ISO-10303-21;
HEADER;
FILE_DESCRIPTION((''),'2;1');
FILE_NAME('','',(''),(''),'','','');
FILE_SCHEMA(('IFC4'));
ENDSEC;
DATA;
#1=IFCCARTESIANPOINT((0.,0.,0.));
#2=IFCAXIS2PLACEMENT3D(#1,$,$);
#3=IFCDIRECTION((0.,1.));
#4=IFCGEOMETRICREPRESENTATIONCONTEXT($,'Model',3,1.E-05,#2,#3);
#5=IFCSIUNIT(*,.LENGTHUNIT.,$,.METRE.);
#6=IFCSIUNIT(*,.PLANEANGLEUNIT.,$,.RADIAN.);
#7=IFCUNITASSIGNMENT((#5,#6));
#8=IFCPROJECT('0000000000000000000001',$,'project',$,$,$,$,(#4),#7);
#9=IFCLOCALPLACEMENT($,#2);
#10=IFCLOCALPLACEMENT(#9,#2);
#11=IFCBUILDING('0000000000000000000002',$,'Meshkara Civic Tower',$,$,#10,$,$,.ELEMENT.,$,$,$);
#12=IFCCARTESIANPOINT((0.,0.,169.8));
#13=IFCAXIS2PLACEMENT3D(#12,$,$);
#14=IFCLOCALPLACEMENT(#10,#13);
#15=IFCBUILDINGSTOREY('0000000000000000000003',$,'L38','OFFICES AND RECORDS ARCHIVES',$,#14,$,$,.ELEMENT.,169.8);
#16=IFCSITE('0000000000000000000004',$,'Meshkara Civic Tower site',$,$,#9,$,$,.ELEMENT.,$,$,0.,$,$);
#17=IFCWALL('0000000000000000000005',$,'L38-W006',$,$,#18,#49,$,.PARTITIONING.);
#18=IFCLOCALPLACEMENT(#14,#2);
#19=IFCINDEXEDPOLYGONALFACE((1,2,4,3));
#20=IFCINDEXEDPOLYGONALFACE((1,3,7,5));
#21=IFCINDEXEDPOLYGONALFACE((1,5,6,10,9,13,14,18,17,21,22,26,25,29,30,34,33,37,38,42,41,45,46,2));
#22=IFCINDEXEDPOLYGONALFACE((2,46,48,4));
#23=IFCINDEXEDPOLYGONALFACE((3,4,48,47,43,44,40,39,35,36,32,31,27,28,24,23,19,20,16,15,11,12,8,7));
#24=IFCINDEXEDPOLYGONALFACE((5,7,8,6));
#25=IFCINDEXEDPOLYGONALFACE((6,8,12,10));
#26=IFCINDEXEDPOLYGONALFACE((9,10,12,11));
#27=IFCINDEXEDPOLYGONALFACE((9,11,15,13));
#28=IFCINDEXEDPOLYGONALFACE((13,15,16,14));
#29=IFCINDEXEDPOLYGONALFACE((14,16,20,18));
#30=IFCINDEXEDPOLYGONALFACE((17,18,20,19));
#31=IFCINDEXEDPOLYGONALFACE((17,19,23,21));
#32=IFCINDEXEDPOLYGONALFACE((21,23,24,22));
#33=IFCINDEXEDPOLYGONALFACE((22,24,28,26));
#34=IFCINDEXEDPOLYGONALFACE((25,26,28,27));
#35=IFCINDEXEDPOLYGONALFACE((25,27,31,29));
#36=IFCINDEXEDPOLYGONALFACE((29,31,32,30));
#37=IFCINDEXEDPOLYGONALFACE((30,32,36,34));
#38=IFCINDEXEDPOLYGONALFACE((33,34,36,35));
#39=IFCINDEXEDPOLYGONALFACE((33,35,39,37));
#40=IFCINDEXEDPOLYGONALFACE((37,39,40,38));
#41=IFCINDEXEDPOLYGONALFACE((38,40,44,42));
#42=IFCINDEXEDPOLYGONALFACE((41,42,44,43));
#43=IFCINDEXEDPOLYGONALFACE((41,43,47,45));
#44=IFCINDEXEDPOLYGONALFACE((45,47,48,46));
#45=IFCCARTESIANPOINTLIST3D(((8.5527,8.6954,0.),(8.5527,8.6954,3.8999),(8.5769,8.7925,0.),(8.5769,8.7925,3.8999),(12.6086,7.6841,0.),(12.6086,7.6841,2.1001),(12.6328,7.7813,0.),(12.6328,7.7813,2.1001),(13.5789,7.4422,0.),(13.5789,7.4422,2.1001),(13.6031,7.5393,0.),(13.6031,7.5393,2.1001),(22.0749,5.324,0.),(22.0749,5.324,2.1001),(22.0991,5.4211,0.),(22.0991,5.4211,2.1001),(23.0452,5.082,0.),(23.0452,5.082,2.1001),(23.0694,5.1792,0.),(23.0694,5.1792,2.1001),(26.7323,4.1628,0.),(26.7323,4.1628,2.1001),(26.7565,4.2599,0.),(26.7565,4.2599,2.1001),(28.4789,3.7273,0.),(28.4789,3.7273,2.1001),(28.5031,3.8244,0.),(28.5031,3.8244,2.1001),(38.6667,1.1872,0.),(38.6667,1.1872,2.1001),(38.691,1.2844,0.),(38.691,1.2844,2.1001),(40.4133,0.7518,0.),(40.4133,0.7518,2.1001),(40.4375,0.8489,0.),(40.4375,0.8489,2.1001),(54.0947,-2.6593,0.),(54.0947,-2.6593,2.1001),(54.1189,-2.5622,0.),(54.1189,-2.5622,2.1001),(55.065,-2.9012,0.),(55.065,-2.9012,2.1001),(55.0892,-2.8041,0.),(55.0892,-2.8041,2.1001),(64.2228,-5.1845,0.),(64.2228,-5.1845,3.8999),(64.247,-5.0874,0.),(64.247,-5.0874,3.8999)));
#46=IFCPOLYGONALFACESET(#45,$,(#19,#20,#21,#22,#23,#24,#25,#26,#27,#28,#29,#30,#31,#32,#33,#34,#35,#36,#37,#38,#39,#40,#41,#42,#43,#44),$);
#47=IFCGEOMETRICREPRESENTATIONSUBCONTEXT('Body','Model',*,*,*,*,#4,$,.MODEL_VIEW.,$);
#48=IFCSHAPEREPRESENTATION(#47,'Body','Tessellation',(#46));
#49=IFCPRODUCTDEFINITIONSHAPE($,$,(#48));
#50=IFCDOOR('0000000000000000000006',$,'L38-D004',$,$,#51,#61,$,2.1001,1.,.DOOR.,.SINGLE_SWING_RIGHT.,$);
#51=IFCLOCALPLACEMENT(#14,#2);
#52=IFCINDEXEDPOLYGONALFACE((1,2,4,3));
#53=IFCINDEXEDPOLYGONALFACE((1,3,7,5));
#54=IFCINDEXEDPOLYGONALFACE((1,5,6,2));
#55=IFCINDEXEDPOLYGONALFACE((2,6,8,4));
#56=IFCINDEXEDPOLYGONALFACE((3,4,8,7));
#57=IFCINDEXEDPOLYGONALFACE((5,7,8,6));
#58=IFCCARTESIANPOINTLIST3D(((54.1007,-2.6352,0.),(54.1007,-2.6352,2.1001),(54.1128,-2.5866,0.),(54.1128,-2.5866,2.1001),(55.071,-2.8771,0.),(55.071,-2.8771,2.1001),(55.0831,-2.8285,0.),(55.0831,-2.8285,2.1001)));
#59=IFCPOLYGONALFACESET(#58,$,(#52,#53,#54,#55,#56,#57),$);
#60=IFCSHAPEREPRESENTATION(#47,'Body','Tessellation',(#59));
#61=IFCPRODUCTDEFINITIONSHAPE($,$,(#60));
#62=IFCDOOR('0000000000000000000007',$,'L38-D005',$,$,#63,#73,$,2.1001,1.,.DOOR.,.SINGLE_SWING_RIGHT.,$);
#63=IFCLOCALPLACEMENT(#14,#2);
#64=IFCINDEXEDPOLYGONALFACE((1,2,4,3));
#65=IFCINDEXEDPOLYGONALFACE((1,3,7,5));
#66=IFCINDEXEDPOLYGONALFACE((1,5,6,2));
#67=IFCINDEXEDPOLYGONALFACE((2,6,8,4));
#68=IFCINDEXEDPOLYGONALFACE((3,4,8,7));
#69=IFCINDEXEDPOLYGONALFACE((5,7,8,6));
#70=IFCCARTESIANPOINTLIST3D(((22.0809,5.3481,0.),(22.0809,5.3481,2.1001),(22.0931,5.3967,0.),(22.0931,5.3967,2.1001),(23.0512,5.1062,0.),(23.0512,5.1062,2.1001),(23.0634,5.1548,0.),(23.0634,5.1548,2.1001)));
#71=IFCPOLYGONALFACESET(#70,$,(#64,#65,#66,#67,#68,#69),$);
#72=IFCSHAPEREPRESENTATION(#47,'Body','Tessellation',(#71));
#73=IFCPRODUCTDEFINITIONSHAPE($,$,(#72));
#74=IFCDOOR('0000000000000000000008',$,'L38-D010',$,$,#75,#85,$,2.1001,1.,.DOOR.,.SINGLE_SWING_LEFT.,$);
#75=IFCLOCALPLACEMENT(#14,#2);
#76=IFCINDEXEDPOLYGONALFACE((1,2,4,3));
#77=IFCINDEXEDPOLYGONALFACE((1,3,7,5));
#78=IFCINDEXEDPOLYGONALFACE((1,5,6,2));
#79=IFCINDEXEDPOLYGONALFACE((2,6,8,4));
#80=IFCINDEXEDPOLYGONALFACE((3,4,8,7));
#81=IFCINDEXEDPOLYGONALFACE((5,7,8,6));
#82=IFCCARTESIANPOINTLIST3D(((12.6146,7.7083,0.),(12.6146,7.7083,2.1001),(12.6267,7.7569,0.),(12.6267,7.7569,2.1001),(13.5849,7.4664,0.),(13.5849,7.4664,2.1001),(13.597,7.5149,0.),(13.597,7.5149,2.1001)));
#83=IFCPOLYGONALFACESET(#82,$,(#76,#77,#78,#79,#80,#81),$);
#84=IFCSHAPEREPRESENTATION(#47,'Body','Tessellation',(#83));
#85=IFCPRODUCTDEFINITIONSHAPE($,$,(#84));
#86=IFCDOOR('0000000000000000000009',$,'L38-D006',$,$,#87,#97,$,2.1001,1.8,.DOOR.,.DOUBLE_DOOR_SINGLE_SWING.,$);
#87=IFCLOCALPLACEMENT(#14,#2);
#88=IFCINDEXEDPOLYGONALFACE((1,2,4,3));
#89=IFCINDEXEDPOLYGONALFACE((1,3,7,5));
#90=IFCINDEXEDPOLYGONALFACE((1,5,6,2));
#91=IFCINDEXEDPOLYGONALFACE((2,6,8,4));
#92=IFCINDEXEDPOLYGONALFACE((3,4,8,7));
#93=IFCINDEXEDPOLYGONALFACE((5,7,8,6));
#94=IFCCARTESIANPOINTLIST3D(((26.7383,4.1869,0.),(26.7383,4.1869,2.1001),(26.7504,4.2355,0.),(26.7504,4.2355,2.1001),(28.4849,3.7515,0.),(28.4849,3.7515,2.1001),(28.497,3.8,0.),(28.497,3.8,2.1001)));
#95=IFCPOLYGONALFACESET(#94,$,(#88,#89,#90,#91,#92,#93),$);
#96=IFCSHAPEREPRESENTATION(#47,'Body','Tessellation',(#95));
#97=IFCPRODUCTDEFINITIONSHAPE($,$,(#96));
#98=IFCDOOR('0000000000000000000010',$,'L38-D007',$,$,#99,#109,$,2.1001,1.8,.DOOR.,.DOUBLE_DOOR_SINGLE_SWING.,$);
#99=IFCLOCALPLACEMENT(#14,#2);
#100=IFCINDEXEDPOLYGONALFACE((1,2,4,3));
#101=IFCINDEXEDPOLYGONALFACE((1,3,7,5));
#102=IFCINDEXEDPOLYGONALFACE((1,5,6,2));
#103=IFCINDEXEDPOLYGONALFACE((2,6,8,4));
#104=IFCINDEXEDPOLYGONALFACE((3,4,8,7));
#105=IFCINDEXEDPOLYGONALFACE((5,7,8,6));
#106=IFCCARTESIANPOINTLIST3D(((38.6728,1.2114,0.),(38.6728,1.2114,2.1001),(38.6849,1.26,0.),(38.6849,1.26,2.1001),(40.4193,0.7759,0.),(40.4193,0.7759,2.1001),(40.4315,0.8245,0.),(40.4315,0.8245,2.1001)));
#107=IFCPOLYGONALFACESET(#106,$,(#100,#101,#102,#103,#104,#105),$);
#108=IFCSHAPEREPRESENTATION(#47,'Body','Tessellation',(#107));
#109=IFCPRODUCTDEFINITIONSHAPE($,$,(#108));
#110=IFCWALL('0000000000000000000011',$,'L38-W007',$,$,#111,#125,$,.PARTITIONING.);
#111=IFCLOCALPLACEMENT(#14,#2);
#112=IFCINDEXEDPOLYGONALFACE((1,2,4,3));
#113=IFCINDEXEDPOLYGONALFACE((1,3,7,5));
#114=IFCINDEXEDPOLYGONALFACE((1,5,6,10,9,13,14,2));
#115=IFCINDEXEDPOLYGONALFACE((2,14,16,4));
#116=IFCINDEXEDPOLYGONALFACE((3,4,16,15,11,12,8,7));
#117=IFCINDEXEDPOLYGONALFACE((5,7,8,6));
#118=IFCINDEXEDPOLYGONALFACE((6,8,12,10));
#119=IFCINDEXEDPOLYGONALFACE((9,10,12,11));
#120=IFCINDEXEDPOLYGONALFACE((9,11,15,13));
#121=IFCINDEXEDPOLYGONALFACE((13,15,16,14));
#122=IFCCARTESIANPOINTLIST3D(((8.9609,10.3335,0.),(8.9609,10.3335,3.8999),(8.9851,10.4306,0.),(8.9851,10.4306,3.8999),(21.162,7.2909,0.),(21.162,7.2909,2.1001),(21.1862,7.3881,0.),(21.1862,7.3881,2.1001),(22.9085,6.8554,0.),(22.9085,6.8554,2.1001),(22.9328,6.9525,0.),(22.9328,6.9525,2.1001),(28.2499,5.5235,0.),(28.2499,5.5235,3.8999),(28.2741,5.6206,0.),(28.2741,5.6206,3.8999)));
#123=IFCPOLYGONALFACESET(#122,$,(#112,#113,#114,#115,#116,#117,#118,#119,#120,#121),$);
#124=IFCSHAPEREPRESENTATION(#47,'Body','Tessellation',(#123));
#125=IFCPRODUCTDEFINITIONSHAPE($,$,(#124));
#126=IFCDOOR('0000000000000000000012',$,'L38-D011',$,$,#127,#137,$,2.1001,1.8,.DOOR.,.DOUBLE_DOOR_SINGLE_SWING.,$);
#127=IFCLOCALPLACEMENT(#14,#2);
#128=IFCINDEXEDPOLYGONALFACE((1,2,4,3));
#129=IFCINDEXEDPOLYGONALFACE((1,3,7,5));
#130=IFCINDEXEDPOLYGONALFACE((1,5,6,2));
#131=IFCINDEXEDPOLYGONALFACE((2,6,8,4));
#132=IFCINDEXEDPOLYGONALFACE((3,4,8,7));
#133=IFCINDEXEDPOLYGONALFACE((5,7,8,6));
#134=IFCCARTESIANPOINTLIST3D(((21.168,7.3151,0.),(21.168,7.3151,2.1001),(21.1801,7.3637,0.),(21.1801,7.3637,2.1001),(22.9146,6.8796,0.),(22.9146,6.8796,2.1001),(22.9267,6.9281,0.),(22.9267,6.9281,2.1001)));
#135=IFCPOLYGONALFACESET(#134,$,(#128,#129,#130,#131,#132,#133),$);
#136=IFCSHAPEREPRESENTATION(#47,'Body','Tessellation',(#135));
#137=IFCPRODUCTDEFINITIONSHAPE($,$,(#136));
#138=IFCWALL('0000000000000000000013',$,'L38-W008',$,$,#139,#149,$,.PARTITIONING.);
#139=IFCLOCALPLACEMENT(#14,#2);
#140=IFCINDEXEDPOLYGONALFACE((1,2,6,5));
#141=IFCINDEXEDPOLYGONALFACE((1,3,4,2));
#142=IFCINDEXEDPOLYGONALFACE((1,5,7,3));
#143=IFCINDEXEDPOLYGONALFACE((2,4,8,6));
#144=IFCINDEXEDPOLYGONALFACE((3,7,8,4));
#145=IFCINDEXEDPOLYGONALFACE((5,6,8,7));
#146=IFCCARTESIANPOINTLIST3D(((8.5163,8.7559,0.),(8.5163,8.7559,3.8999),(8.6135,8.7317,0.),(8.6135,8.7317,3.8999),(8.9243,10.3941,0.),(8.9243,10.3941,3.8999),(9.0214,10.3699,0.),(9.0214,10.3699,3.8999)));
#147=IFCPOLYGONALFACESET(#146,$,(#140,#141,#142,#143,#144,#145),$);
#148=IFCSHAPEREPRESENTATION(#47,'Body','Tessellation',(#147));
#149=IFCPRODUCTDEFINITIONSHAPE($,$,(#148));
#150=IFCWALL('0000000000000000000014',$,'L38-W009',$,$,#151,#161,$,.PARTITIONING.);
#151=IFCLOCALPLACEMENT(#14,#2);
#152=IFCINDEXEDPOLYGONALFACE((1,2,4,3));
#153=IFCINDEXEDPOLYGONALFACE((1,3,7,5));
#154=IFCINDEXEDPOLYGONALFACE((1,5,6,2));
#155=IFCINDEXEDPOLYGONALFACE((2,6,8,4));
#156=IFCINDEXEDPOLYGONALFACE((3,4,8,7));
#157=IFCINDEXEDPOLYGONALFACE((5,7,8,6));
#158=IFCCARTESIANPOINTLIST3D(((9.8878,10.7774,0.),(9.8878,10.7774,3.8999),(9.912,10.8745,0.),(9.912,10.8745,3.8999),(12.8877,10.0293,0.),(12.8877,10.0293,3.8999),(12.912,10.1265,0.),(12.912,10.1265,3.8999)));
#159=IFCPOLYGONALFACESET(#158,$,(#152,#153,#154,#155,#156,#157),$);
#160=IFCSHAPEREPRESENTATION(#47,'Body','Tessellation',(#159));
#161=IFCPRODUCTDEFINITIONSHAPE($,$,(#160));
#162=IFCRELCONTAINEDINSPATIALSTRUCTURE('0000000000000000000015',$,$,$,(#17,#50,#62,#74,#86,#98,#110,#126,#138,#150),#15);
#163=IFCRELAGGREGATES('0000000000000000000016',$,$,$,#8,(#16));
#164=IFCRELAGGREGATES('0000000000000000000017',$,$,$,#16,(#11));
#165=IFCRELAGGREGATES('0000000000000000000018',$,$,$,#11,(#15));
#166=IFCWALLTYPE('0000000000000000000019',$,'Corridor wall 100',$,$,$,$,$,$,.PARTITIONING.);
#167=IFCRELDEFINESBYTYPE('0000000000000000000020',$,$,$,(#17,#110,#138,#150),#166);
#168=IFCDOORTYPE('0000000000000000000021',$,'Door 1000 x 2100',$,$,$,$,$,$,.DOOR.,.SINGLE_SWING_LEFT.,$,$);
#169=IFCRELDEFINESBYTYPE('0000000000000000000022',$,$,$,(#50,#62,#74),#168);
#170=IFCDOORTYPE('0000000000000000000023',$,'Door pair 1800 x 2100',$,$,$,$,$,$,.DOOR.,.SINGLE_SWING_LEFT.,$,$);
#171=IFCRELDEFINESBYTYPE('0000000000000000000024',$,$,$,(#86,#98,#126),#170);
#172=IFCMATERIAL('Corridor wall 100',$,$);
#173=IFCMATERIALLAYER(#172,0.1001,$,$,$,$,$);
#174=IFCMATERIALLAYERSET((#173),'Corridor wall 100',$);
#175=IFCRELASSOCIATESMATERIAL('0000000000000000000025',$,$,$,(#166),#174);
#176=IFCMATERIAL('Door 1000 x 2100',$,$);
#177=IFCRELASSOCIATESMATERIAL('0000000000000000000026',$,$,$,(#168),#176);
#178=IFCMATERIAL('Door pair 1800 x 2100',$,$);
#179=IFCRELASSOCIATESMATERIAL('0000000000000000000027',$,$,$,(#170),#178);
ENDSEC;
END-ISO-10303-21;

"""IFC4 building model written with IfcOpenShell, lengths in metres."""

from ifc_helpers import new_model, si_unit, direction, frame, frame_2d, origin, place, context, subcontext, project, spatial, rectangle, extrude, material, layer, layer_set, type_object, element, fill, save


model = new_model("IFC4")

# Units and contexts
model_context = context("Model", 3, precision=1e-05, world=origin(), true_north=direction((0.0, 1.0)))
body_context = subcontext(model_context, "Body", "Model", "MODEL_VIEW")
ifc_project = project(units=[si_unit("LENGTHUNIT", "METRE"), si_unit("PLANEANGLEUNIT", "RADIAN")], contexts=[model_context])

# Site, building, storey
site_placement = place(None, origin())
site = spatial("IfcSite", under=ifc_project, at=site_placement, Name="Meshkara Civic Tower site", CompositionType="ELEMENT", RefElevation=0.0)
building_placement = place(site_placement, origin())
building = spatial("IfcBuilding", under=site, at=building_placement, Name="Meshkara Civic Tower", CompositionType="ELEMENT")
storey_placement = place(building_placement, frame((0.0, 0.0, 169.8)))
storey = spatial("IfcBuildingStorey", under=building, at=storey_placement, Name="L38", Description="OFFICES AND RECORDS ARCHIVES", CompositionType="ELEMENT", Elevation=169.8)

# Shared definitions
ifc_material_1 = material(Name="Corridor wall 100")
ifc_layer_1 = layer(ifc_material_1, 0.1001)
ifc_layer_set_1 = layer_set([ifc_layer_1], Name="Corridor wall 100")
wall_type_1 = type_object("IfcWallType", Name="Corridor wall 100", PredefinedType="PARTITIONING", material=ifc_layer_set_1)
ifc_material_2 = material(Name="Door 1000 x 2100")
door_type_1 = type_object("IfcDoorType", Name="Door 1000 x 2100", OperationType="SINGLE_SWING_LEFT", PredefinedType="DOOR", material=ifc_material_2)

# Wall, openings, doors
wall_1_placement = place(storey_placement, frame((8.5649, 8.7439, 0.0), z_axis=(0.0, 0.0, 1.0), x_axis=(0.970297, -0.241918, 0.0)))
wall_1 = element("IfcWall", 1, at=wall_1_placement, inside=storey, type_object=wall_type_1, Name="L38-W006", PredefinedType="PARTITIONING", context=body_context, shape_type="SweptSolid", body=[
    extrude(rectangle(XDim=57.3743, YDim=0.1001, at=frame_2d((28.687, 0.0))), origin(), (0.0, 0.0, 1.0), 3.8999),
])
opening_1_placement = place(wall_1_placement, frame((46.936, 0.0, 0.0)))
opening_1 = element("IfcOpeningElement", 2, at=opening_1_placement, cuts=wall_1, PredefinedType="OPENING", context=body_context, shape_type="SweptSolid", body=[
    extrude(rectangle(XDim=1.0, YDim=2.1001, at=frame_2d((0.5, 1.05))), frame((0.0, 0.0601, 0.0), z_axis=(0.0, -1.0, 0.0), x_axis=(1.0, 0.0, 0.0)), (0.0, 0.0, 1.0), 0.1201),
])
opening_2_placement = place(wall_1_placement, frame((13.936, 0.0, 0.0)))
opening_2 = element("IfcOpeningElement", 3, at=opening_2_placement, cuts=wall_1, PredefinedType="OPENING", context=body_context, shape_type="SweptSolid", body=[
    extrude(rectangle(XDim=1.0, YDim=2.1001, at=frame_2d((0.5, 1.05))), frame((0.0, 0.0601, 0.0), z_axis=(0.0, -1.0, 0.0), x_axis=(1.0, 0.0, 0.0)), (0.0, 0.0, 1.0), 0.1201),
])
opening_3_placement = place(wall_1_placement, frame((18.7361, 0.0, 0.0)))
opening_3 = element("IfcOpeningElement", 4, at=opening_3_placement, cuts=wall_1, PredefinedType="OPENING", context=body_context, shape_type="SweptSolid", body=[
    extrude(rectangle(XDim=1.8, YDim=2.1001, at=frame_2d((0.8999, 1.05))), frame((0.0, 0.0601, 0.0), z_axis=(0.0, -1.0, 0.0), x_axis=(1.0, 0.0, 0.0)), (0.0, 0.0, 1.0), 0.1201),
])
opening_4_placement = place(wall_1_placement, frame((31.0359, 0.0, 0.0)))
opening_4 = element("IfcOpeningElement", 5, at=opening_4_placement, cuts=wall_1, PredefinedType="OPENING", context=body_context, shape_type="SweptSolid", body=[
    extrude(rectangle(XDim=1.8, YDim=2.1001, at=frame_2d((0.8999, 1.05))), frame((0.0, 0.0601, 0.0), z_axis=(0.0, -1.0, 0.0), x_axis=(1.0, 0.0, 0.0)), (0.0, 0.0, 1.0), 0.1201),
])
opening_5_placement = place(wall_1_placement, frame((4.1799, 0.0, 0.0)))
opening_5 = element("IfcOpeningElement", 6, at=opening_5_placement, cuts=wall_1, PredefinedType="OPENING", context=body_context, shape_type="SweptSolid", body=[
    extrude(rectangle(XDim=1.0, YDim=2.1001, at=frame_2d((0.5, 1.05))), frame((0.0, 0.0601, 0.0), z_axis=(0.0, -1.0, 0.0), x_axis=(1.0, 0.0, 0.0)), (0.0, 0.0, 1.0), 0.1201),
])
door_1_placement = place(opening_1_placement, origin())
door_1 = element("IfcDoor", 7, at=door_1_placement, inside=storey, type_object=door_type_1, Name="L38-D004", OperationType="SINGLE_SWING_RIGHT", OverallHeight=2.1001, OverallWidth=1.0, PredefinedType="DOOR", context=body_context, shape_type="SweptSolid", body=[
    extrude(rectangle(XDim=1.0, YDim=2.1001, at=frame_2d((0.5, 1.05))), frame((0.0, 0.0249, 0.0), z_axis=(0.0, -1.0, 0.0), x_axis=(1.0, 0.0, 0.0)), (0.0, 0.0, 1.0), 0.05),
])
fill(opening_1, door_1)
door_2_placement = place(opening_2_placement, origin())
door_2 = element("IfcDoor", 8, at=door_2_placement, inside=storey, type_object=door_type_1, Name="L38-D005", OperationType="SINGLE_SWING_RIGHT", OverallHeight=2.1001, OverallWidth=1.0, PredefinedType="DOOR", context=body_context, shape_type="SweptSolid", body=[
    extrude(rectangle(XDim=1.0, YDim=2.1001, at=frame_2d((0.5, 1.05))), frame((0.0, 0.0249, 0.0), z_axis=(0.0, -1.0, 0.0), x_axis=(1.0, 0.0, 0.0)), (0.0, 0.0, 1.0), 0.05),
])
fill(opening_2, door_2)
door_3_placement = place(opening_5_placement, origin())
door_3 = element("IfcDoor", 9, at=door_3_placement, inside=storey, type_object=door_type_1, Name="L38-D010", OperationType="SINGLE_SWING_LEFT", OverallHeight=2.1001, OverallWidth=1.0, PredefinedType="DOOR", context=body_context, shape_type="SweptSolid", body=[
    extrude(rectangle(XDim=1.0, YDim=2.1001, at=frame_2d((0.5, 1.05))), frame((0.0, 0.0249, 0.0), z_axis=(0.0, -1.0, 0.0), x_axis=(1.0, 0.0, 0.0)), (0.0, 0.0, 1.0), 0.05),
])
fill(opening_5, door_3)
ifc_material_3 = material(Name="Door pair 1800 x 2100")
door_type_2 = type_object("IfcDoorType", Name="Door pair 1800 x 2100", OperationType="SINGLE_SWING_LEFT", PredefinedType="DOOR", material=ifc_material_3)
door_4_placement = place(opening_3_placement, origin())
door_4 = element("IfcDoor", 10, at=door_4_placement, inside=storey, type_object=door_type_2, Name="L38-D006", OperationType="DOUBLE_DOOR_SINGLE_SWING", OverallHeight=2.1001, OverallWidth=1.8, PredefinedType="DOOR", context=body_context, shape_type="SweptSolid", body=[
    extrude(rectangle(XDim=1.8, YDim=2.1001, at=frame_2d((0.8999, 1.05))), frame((0.0, 0.0249, 0.0), z_axis=(0.0, -1.0, 0.0), x_axis=(1.0, 0.0, 0.0)), (0.0, 0.0, 1.0), 0.05),
])
fill(opening_3, door_4)
door_5_placement = place(opening_4_placement, origin())
door_5 = element("IfcDoor", 11, at=door_5_placement, inside=storey, type_object=door_type_2, Name="L38-D007", OperationType="DOUBLE_DOOR_SINGLE_SWING", OverallHeight=2.1001, OverallWidth=1.8, PredefinedType="DOOR", context=body_context, shape_type="SweptSolid", body=[
    extrude(rectangle(XDim=1.8, YDim=2.1001, at=frame_2d((0.8999, 1.05))), frame((0.0, 0.0249, 0.0), z_axis=(0.0, -1.0, 0.0), x_axis=(1.0, 0.0, 0.0)), (0.0, 0.0, 1.0), 0.05),
])
fill(opening_4, door_5)

# Wall, opening, door
wall_2_placement = place(storey_placement, frame((8.9729, 10.3821, 0.0), z_axis=(0.0, 0.0, 1.0), x_axis=(0.970287, -0.241958, 0.0)))
wall_2 = element("IfcWall", 12, at=wall_2_placement, inside=storey, type_object=wall_type_1, Name="L38-W007", PredefinedType="PARTITIONING", context=body_context, shape_type="SweptSolid", body=[
    extrude(rectangle(XDim=19.8796, YDim=0.1001, at=frame_2d((9.9399, 0.0))), origin(), (0.0, 0.0, 1.0), 3.8999),
])
opening_6_placement = place(wall_2_placement, frame((12.575, 0.0, 0.0)))
opening_6 = element("IfcOpeningElement", 13, at=opening_6_placement, cuts=wall_2, PredefinedType="OPENING", context=body_context, shape_type="SweptSolid", body=[
    extrude(rectangle(XDim=1.8, YDim=2.1001, at=frame_2d((0.8999, 1.05))), frame((0.0, 0.0601, 0.0), z_axis=(0.0, -1.0, 0.0), x_axis=(1.0, 0.0, 0.0)), (0.0, 0.0, 1.0), 0.1201),
])
door_6_placement = place(opening_6_placement, origin())
door_6 = element("IfcDoor", 14, at=door_6_placement, inside=storey, type_object=door_type_2, Name="L38-D011", OperationType="DOUBLE_DOOR_SINGLE_SWING", OverallHeight=2.1001, OverallWidth=1.8, PredefinedType="DOOR", context=body_context, shape_type="SweptSolid", body=[
    extrude(rectangle(XDim=1.8, YDim=2.1001, at=frame_2d((0.8999, 1.05))), frame((0.0, 0.0249, 0.0), z_axis=(0.0, -1.0, 0.0), x_axis=(1.0, 0.0, 0.0)), (0.0, 0.0, 1.0), 0.05),
])
fill(opening_6, door_6)

# Walls
wall_3_placement = place(storey_placement, frame((8.9729, 10.3821, 0.0), z_axis=(0.0, 0.0, 1.0), x_axis=(-0.241651, -0.970363, 0.0)))
element("IfcWall", 15, at=wall_3_placement, inside=storey, type_object=wall_type_1, Name="L38-W008", PredefinedType="PARTITIONING", context=body_context, shape_type="SweptSolid", body=[
    extrude(rectangle(XDim=1.6882, YDim=0.1001, at=frame_2d((0.8442, 0.0))), origin(), (0.0, 0.0, 1.0), 3.8999),
])
wall_4_placement = place(storey_placement, frame((9.8999, 10.8259, 0.0), z_axis=(0.0, 0.0, 1.0), x_axis=(0.970291, -0.241941, 0.0)))
element("IfcWall", 16, at=wall_4_placement, inside=storey, type_object=wall_type_1, Name="L38-W009", PredefinedType="PARTITIONING", context=body_context, shape_type="SweptSolid", body=[
    extrude(rectangle(XDim=3.0918, YDim=0.1001, at=frame_2d((1.5459, 0.0))), origin(), (0.0, 0.0, 1.0), 3.8999),
])

save(model, "model.ifc")
